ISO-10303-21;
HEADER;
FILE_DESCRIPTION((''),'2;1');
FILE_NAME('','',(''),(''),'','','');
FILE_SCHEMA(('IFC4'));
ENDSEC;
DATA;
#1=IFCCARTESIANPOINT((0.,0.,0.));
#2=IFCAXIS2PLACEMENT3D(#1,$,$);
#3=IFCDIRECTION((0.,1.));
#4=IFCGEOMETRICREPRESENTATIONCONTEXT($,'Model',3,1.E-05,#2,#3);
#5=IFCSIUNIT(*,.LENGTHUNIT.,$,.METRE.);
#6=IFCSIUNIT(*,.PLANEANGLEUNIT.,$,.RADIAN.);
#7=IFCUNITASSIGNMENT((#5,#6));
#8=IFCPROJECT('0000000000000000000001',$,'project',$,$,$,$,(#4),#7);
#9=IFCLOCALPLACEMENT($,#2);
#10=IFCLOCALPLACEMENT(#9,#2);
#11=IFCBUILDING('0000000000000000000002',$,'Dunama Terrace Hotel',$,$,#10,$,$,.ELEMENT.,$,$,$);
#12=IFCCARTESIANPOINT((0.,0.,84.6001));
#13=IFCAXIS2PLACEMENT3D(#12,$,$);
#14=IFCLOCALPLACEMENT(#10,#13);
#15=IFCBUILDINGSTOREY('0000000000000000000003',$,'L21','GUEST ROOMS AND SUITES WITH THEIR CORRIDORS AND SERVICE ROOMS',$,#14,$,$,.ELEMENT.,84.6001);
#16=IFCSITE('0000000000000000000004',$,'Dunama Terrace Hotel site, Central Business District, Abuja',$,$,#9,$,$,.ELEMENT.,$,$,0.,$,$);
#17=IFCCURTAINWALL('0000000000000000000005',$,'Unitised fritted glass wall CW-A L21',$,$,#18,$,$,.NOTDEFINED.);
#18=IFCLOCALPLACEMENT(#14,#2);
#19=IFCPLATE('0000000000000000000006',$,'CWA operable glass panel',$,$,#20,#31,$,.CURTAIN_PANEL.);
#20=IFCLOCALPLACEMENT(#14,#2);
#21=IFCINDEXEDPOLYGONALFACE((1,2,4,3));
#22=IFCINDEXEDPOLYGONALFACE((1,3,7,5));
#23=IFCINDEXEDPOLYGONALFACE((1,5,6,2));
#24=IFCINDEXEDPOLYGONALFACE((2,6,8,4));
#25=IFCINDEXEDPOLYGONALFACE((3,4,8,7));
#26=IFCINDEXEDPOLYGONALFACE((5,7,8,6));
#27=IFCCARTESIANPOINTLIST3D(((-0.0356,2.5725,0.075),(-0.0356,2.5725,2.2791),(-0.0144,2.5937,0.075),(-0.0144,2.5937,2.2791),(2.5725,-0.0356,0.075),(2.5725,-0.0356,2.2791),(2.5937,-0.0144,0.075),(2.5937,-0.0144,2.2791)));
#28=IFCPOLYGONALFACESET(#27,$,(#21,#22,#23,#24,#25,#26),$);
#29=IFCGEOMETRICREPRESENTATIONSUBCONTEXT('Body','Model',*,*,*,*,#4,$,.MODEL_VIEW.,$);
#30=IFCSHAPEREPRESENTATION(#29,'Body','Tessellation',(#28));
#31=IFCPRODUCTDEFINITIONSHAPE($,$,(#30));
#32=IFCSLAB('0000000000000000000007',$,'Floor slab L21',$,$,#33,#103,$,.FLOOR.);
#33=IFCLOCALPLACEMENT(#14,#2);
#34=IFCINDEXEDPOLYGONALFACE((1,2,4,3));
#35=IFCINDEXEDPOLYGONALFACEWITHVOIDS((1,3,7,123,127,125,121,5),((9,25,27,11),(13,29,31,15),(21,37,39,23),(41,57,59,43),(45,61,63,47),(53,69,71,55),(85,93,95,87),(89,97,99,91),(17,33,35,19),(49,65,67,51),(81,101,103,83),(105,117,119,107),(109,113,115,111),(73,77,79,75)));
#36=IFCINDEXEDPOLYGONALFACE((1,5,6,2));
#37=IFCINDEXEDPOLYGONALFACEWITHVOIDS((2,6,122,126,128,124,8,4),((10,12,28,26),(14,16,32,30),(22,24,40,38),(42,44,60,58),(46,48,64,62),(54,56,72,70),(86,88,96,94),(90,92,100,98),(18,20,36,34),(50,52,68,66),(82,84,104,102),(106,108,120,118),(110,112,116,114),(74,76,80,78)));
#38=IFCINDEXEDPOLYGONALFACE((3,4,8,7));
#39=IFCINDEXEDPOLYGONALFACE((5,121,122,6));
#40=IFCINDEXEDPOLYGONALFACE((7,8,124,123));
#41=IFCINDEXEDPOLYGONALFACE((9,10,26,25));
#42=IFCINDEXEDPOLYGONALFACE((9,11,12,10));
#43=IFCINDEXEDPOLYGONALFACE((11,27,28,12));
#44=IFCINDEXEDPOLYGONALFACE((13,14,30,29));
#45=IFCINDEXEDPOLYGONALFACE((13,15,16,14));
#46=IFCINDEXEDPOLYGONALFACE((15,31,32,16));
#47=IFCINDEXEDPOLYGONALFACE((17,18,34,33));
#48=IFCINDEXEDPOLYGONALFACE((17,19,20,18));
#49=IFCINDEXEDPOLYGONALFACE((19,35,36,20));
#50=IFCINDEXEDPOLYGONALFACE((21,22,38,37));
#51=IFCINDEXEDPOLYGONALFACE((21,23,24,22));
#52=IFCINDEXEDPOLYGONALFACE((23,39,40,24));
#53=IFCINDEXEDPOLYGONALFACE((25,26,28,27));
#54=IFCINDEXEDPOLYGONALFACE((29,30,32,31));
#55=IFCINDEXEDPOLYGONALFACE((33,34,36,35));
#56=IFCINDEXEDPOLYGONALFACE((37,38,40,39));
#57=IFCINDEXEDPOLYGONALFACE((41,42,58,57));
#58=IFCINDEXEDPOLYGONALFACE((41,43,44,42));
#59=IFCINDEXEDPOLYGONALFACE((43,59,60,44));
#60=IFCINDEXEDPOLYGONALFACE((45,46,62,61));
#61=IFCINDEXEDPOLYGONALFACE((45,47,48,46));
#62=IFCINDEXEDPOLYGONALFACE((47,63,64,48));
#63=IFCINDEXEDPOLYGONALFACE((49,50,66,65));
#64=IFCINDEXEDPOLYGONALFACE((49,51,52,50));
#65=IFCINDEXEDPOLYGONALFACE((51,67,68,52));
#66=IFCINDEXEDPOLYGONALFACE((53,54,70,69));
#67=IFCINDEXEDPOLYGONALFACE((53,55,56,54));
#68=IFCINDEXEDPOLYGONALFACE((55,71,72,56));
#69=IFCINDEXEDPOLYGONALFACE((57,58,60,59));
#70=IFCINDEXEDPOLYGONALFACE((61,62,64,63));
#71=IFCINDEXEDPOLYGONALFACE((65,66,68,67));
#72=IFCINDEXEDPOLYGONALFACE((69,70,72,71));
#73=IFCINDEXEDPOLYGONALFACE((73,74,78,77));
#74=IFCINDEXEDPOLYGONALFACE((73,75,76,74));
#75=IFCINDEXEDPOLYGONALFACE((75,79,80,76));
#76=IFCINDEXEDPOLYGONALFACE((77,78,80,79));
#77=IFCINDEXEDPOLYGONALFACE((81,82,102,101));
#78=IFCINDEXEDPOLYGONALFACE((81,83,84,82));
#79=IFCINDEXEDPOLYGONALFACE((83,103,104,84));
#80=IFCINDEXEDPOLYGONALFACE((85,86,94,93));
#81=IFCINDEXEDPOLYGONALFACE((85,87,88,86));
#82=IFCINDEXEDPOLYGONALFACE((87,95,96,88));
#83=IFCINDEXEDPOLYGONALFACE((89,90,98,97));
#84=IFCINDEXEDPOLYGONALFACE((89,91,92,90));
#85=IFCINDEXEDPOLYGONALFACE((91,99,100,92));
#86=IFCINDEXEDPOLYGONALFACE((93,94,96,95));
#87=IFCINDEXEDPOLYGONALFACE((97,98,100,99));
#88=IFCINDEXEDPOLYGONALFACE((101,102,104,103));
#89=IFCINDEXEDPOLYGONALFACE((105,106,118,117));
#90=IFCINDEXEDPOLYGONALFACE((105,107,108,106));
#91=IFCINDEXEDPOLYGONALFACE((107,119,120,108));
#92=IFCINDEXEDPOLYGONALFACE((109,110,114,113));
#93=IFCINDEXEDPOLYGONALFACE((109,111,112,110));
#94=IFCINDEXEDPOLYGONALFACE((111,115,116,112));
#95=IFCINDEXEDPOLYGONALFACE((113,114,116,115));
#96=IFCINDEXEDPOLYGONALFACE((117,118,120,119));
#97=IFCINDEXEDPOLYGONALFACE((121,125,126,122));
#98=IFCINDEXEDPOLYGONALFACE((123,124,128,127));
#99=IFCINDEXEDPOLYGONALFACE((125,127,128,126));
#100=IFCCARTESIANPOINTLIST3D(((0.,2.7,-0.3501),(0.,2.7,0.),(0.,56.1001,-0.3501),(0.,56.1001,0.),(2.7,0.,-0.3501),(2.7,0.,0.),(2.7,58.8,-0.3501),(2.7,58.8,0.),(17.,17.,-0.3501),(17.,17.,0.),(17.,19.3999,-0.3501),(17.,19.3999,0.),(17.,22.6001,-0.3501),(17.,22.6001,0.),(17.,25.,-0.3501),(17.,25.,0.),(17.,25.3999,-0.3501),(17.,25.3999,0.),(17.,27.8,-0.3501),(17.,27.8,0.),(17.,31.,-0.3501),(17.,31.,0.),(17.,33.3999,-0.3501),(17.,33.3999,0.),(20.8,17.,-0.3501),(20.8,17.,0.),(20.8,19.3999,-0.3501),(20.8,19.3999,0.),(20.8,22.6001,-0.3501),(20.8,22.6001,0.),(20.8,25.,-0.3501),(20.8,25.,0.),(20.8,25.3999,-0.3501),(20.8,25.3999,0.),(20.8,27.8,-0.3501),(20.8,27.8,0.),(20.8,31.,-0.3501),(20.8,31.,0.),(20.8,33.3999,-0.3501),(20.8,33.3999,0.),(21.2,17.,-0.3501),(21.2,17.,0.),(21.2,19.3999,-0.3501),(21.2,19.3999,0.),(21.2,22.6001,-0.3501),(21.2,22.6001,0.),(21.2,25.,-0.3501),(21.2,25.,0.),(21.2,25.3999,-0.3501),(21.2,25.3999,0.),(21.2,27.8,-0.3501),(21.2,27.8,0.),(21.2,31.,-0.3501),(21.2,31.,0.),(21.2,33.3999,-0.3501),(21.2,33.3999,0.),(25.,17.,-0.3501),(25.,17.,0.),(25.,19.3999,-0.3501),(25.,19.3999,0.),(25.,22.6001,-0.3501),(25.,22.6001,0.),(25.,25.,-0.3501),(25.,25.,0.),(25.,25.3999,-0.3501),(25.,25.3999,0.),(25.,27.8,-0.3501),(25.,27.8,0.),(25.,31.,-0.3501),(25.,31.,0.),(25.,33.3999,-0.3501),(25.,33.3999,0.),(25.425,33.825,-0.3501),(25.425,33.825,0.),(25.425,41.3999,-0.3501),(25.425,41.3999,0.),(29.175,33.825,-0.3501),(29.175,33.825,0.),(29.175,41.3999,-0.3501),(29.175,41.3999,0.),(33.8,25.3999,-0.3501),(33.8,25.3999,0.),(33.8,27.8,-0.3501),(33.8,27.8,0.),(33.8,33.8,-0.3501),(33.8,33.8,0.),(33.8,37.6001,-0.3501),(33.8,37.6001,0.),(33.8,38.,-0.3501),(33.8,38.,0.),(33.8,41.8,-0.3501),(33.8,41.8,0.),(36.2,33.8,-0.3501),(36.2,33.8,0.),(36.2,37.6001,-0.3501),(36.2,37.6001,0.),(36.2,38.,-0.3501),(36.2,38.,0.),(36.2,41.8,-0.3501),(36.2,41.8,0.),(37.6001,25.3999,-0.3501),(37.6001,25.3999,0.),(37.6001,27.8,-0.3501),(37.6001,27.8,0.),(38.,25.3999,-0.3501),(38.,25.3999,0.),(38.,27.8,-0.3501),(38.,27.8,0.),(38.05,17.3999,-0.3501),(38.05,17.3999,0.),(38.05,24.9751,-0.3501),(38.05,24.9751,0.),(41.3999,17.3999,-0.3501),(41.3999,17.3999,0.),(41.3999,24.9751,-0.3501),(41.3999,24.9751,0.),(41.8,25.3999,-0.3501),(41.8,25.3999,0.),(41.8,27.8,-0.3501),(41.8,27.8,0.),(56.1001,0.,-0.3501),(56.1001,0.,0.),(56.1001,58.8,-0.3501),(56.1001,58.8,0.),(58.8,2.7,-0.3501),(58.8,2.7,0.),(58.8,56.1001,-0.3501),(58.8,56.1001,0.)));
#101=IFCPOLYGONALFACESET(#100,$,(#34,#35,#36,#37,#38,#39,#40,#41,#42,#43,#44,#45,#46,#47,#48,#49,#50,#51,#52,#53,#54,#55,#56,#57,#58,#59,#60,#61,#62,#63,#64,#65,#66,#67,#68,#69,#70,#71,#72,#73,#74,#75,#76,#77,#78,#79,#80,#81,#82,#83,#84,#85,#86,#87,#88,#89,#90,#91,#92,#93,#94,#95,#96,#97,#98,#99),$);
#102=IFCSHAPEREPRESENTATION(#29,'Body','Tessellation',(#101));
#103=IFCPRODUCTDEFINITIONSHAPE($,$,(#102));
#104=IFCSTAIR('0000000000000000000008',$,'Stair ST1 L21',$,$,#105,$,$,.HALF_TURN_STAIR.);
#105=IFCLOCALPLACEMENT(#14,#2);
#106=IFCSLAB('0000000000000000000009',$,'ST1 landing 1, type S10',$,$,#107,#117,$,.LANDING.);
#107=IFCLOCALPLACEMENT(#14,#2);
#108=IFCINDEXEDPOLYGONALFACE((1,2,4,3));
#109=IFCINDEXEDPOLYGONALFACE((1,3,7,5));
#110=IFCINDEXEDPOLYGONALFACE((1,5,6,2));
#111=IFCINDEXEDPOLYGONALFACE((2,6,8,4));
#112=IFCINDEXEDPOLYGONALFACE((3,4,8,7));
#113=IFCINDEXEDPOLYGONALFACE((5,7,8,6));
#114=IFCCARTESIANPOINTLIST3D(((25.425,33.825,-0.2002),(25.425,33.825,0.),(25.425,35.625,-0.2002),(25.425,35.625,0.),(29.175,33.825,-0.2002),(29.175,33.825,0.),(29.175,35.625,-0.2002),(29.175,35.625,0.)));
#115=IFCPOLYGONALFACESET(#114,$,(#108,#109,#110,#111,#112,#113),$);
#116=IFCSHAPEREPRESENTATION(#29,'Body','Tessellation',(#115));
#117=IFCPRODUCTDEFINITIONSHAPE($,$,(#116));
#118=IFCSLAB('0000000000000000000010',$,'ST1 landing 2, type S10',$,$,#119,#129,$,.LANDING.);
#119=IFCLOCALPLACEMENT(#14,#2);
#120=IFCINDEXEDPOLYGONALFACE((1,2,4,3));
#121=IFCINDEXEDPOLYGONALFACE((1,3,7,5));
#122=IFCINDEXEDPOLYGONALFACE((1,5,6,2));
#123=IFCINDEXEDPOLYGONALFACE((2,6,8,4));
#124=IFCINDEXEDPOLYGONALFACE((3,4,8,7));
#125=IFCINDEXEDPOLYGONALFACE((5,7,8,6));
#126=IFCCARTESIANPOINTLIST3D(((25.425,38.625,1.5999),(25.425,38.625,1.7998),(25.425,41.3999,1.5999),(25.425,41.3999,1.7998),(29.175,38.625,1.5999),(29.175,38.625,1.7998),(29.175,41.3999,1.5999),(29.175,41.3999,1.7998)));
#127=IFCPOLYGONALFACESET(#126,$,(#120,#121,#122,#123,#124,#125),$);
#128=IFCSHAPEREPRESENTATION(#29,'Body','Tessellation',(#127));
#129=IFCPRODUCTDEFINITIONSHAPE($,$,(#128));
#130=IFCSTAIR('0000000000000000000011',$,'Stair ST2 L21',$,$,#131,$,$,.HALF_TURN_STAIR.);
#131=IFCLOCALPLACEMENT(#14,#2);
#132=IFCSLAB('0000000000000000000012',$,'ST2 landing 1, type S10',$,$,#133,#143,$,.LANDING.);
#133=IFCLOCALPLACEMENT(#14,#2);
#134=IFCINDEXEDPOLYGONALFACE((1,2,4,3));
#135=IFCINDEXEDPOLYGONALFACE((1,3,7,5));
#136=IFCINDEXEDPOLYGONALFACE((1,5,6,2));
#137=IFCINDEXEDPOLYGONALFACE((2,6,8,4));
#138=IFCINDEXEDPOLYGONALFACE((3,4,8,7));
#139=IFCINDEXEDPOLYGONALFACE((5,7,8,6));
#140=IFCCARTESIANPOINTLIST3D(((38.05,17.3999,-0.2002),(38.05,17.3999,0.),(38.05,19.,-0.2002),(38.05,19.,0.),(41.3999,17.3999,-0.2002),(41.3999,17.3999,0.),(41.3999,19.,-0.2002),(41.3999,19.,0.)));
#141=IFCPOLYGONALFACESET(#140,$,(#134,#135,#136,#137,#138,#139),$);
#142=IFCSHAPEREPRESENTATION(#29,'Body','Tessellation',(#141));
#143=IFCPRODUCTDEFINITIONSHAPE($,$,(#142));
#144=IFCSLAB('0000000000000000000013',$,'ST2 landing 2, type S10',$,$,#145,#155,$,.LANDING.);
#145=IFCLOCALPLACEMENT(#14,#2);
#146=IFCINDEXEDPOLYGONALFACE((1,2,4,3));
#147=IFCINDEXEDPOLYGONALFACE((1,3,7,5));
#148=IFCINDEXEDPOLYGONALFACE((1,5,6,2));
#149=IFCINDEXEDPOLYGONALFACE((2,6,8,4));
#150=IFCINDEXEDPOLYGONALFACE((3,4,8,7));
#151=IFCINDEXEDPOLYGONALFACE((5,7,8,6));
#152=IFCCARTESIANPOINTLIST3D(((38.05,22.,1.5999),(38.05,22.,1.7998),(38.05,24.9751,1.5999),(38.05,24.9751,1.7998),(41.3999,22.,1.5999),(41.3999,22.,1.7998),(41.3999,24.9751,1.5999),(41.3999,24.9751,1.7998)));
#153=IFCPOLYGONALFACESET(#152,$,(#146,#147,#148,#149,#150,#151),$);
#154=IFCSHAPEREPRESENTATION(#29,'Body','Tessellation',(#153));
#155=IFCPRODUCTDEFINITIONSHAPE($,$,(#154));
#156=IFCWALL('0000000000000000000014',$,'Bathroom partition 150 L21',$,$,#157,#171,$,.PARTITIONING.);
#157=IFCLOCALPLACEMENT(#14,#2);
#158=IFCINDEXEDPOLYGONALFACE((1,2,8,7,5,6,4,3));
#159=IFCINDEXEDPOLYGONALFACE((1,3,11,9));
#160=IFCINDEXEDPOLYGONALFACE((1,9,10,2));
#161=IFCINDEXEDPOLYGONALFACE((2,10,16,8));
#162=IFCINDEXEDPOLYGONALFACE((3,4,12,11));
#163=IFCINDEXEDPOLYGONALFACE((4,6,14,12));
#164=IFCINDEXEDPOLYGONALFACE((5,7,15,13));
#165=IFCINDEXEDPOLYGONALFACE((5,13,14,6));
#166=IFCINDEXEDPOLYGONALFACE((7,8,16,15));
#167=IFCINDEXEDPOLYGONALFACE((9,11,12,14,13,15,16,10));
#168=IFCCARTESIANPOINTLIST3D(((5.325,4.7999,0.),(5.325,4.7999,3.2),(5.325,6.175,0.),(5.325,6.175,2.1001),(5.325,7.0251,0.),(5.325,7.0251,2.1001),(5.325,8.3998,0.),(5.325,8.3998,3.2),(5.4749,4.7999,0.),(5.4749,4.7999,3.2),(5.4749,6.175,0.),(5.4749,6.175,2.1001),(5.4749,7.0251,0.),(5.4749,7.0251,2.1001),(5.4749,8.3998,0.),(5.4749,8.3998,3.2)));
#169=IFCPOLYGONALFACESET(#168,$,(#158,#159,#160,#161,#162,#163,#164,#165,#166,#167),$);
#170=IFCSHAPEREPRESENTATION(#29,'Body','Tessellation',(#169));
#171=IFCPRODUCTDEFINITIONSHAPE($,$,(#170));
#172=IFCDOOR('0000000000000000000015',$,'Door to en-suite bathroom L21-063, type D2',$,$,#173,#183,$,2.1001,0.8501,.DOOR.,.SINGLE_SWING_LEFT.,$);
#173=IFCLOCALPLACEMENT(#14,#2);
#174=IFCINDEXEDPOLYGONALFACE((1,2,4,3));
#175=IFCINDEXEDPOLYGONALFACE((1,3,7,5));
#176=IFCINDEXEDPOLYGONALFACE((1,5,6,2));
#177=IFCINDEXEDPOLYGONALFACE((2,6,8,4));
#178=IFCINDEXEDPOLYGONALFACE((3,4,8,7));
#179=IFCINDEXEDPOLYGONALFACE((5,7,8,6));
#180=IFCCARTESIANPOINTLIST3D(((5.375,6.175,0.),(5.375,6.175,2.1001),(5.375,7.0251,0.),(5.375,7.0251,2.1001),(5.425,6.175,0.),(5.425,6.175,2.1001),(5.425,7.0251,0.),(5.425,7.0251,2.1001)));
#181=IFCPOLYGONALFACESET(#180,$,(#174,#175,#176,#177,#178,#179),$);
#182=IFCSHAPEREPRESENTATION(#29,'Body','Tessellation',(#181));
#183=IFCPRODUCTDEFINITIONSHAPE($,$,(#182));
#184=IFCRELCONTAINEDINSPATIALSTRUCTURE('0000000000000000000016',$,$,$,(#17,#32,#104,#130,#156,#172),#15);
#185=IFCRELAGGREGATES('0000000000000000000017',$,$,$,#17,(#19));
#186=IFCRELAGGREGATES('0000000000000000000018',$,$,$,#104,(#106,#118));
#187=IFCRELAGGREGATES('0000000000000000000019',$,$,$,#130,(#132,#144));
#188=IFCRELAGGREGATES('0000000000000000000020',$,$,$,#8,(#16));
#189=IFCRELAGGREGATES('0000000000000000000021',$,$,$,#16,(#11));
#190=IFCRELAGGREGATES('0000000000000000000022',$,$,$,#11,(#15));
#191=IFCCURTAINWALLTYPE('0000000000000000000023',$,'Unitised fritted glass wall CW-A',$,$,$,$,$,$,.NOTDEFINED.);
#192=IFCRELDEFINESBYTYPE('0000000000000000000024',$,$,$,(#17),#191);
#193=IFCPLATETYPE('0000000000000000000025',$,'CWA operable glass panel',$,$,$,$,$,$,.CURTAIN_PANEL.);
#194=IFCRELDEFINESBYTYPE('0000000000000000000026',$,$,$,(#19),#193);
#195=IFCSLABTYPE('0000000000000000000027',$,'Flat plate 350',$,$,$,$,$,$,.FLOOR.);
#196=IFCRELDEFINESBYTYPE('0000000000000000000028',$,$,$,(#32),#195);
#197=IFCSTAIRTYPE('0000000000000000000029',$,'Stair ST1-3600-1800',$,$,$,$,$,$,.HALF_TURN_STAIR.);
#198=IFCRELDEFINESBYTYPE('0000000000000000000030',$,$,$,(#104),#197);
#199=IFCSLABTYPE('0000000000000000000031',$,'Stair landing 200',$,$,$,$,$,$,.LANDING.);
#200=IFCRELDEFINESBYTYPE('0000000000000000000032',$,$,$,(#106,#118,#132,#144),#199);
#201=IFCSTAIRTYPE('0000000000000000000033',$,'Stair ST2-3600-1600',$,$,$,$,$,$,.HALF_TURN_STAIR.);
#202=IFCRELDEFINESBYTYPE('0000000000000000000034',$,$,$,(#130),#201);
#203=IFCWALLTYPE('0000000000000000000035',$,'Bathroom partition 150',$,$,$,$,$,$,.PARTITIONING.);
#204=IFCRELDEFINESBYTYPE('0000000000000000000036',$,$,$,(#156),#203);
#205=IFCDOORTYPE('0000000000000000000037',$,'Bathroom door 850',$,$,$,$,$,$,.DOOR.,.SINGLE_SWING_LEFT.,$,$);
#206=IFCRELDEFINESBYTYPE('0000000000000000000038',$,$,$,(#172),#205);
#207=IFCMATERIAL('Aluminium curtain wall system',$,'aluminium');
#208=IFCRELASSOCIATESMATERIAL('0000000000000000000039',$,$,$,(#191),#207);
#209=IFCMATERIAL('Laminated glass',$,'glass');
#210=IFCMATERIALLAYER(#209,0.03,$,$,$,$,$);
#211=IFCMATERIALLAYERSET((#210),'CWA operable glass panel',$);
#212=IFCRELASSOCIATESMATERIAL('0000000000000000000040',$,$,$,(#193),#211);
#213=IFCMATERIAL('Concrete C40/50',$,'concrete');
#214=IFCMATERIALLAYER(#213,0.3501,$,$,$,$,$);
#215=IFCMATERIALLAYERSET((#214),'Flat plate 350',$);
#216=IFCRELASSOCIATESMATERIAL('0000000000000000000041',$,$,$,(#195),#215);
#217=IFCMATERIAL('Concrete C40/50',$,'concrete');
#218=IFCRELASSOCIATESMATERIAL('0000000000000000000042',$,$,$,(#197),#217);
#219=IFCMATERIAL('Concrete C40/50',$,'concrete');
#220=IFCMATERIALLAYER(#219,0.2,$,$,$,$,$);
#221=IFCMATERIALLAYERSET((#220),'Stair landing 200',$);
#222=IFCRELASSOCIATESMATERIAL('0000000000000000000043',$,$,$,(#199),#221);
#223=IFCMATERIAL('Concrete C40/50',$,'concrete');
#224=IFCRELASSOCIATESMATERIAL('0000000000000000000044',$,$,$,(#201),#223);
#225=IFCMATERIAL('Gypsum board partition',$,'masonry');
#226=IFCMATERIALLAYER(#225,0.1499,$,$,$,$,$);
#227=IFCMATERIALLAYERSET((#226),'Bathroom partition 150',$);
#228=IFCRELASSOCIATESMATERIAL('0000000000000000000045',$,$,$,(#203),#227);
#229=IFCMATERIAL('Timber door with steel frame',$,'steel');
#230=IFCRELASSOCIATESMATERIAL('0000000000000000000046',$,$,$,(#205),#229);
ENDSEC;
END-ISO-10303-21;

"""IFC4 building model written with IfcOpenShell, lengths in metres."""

from ifc_helpers import new_model, si_unit, direction, frame, frame_2d, origin, origin_2d, place, context, subcontext, project, spatial, polyline, rectangle, outline, extrude, material, layer, layer_set, type_object, element, fill, aggregate, save


model = new_model("IFC4")

# Units and contexts
model_context = context("Model", 3, precision=1e-05, world=origin(), true_north=direction((0.0, 1.0)))
body_context = subcontext(model_context, "Body", "Model", "MODEL_VIEW")
ifc_project = project(units=[si_unit("LENGTHUNIT", "METRE"), si_unit("PLANEANGLEUNIT", "RADIAN")], contexts=[model_context])

# Site, building, storey
site_placement = place(None, origin())
site = spatial("IfcSite", under=ifc_project, at=site_placement, Name="Dunama Terrace Hotel site, Central Business District, Abuja", CompositionType="ELEMENT", RefElevation=0.0)
building_placement = place(site_placement, origin())
building = spatial("IfcBuilding", under=site, at=building_placement, Name="Dunama Terrace Hotel", CompositionType="ELEMENT")
storey_placement = place(building_placement, frame((0.0, 0.0, 84.6001)))
storey = spatial("IfcBuildingStorey", under=building, at=storey_placement, Name="L21", Description="GUEST ROOMS AND SUITES WITH THEIR CORRIDORS AND SERVICE ROOMS", CompositionType="ELEMENT", Elevation=84.6001)

# Curtain wall
ifc_material_1 = material(Name="Aluminium curtain wall system", Category="aluminium")
curtain_wall_type = type_object("IfcCurtainWallType", Name="Unitised fritted glass wall CW-A", PredefinedType="NOTDEFINED", material=ifc_material_1)
curtain_wall_1_placement = place(storey_placement, origin())
curtain_wall_1 = element("IfcCurtainWall", 1, at=curtain_wall_1_placement, inside=storey, type_object=curtain_wall_type, Name="Unitised fritted glass wall CW-A L21", PredefinedType="NOTDEFINED")

# Plate
ifc_material_2 = material(Name="Laminated glass", Category="glass")
ifc_layer_1 = layer(ifc_material_2, 0.03)
ifc_layer_set_1 = layer_set([ifc_layer_1], Name="CWA operable glass panel")
plate_type_1 = type_object("IfcPlateType", Name="CWA operable glass panel", PredefinedType="CURTAIN_PANEL", material=ifc_layer_set_1)
plate_1_placement = place(storey_placement, frame((1.2791, 1.2791, 0.075), z_axis=(0.0, 0.0, 1.0), x_axis=(0.707107, -0.707107, 0.0)))
plate_1 = element("IfcPlate", 2, at=plate_1_placement, type_object=plate_type_1, Name="CWA operable glass panel", PredefinedType="CURTAIN_PANEL", context=body_context, shape_type="SweptSolid", body=[
    extrude(rectangle(XDim=3.6885, YDim=0.03, at=origin_2d()), origin(), (0.0, 0.0, 1.0), 2.2041),
])
aggregate(curtain_wall_1, [plate_1])

# Slab
ifc_material_3 = material(Name="Concrete C40/50", Category="concrete")
ifc_layer_2 = layer(ifc_material_3, 0.3501)
ifc_layer_set_2 = layer_set([ifc_layer_2], Name="Flat plate 350")
slab_type_1 = type_object("IfcSlabType", Name="Flat plate 350", PredefinedType="FLOOR", material=ifc_layer_set_2)
slab_1_placement = place(storey_placement, frame((0.0, 0.0, -0.3501)))
element("IfcSlab", 3, at=slab_1_placement, inside=storey, type_object=slab_type_1, Name="Floor slab L21", PredefinedType="FLOOR", context=body_context, shape_type="SweptSolid", body=[
    extrude(outline(polyline([(2.7, 0.0), (56.1001, 0.0), (58.8, 2.7), (58.8, 56.1001), (56.1001, 58.8), (2.7, 58.8), (0.0, 56.1001), (0.0, 2.7), (2.7, 0.0)]), holes=[polyline([(20.8, 25.3999), (20.8, 27.8), (17.0, 27.8), (17.0, 25.3999), (20.8, 25.3999)]), polyline([(25.0, 25.3999), (25.0, 27.8), (21.2, 27.8), (21.2, 25.3999), (25.0, 25.3999)]), polyline([(20.8, 31.0), (20.8, 33.3999), (17.0, 33.3999), (17.0, 31.0), (20.8, 31.0)]), polyline([(25.0, 31.0), (25.0, 33.3999), (21.2, 33.3999), (21.2, 31.0), (25.0, 31.0)]), polyline([(37.6001, 25.3999), (37.6001, 27.8), (33.8, 27.8), (33.8, 25.3999), (37.6001, 25.3999)]), polyline([(41.8, 25.3999), (41.8, 27.8), (38.0, 27.8), (38.0, 25.3999), (41.8, 25.3999)]), polyline([(20.8, 17.0), (20.8, 19.3999), (17.0, 19.3999), (17.0, 17.0), (20.8, 17.0)]), polyline([(25.0, 17.0), (25.0, 19.3999), (21.2, 19.3999), (21.2, 17.0), (25.0, 17.0)]), polyline([(20.8, 22.6001), (20.8, 25.0), (17.0, 25.0), (17.0, 22.6001), (20.8, 22.6001)]), polyline([(25.0, 22.6001), (25.0, 25.0), (21.2, 25.0), (21.2, 22.6001), (25.0, 22.6001)]), polyline([(36.2, 38.0), (36.2, 41.8), (33.8, 41.8), (33.8, 38.0), (36.2, 38.0)]), polyline([(36.2, 33.8), (36.2, 37.6001), (33.8, 37.6001), (33.8, 33.8), (36.2, 33.8)]), polyline([(29.175, 33.825), (29.175, 41.3999), (25.425, 41.3999), (25.425, 33.825), (29.175, 33.825)]), polyline([(41.3999, 17.3999), (41.3999, 24.9751), (38.05, 24.9751), (38.05, 17.3999), (41.3999, 17.3999)])]), origin(), (0.0, 0.0, 1.0), 0.3501),
])

# Stairs, slabs
ifc_material_4 = material(Name="Concrete C40/50", Category="concrete")
stair_type_1 = type_object("IfcStairType", Name="Stair ST1-3600-1800", PredefinedType="HALF_TURN_STAIR", material=ifc_material_4)
stair_1_placement = place(storey_placement, origin())
stair_1 = element("IfcStair", 4, at=stair_1_placement, inside=storey, type_object=stair_type_1, Name="Stair ST1 L21", PredefinedType="HALF_TURN_STAIR")
ifc_material_5 = material(Name="Concrete C40/50", Category="concrete")
ifc_layer_3 = layer(ifc_material_5, 0.2)
ifc_layer_set_3 = layer_set([ifc_layer_3], Name="Stair landing 200")
slab_type_2 = type_object("IfcSlabType", Name="Stair landing 200", PredefinedType="LANDING", material=ifc_layer_set_3)
slab_2_placement = place(storey_placement, frame((0.0, 0.0, -0.2002)))
slab_2 = element("IfcSlab", 5, at=slab_2_placement, type_object=slab_type_2, Name="ST1 landing 1, type S10", PredefinedType="LANDING", context=body_context, shape_type="SweptSolid", body=[
    extrude(outline(polyline([(25.425, 33.825), (29.175, 33.825), (29.175, 35.625), (25.425, 35.625), (25.425, 33.825)])), origin(), (0.0, 0.0, 1.0), 0.2002),
])
slab_3_placement = place(storey_placement, frame((0.0, 0.0, 1.5999)))
slab_3 = element("IfcSlab", 6, at=slab_3_placement, type_object=slab_type_2, Name="ST1 landing 2, type S10", PredefinedType="LANDING", context=body_context, shape_type="SweptSolid", body=[
    extrude(outline(polyline([(25.425, 38.625), (29.175, 38.625), (29.175, 41.3999), (25.425, 41.3999), (25.425, 38.625)])), origin(), (0.0, 0.0, 1.0), 0.2),
])
aggregate(stair_1, [slab_2, slab_3])
ifc_material_6 = material(Name="Concrete C40/50", Category="concrete")
stair_type_2 = type_object("IfcStairType", Name="Stair ST2-3600-1600", PredefinedType="HALF_TURN_STAIR", material=ifc_material_6)
stair_2_placement = place(storey_placement, origin())
stair_2 = element("IfcStair", 7, at=stair_2_placement, inside=storey, type_object=stair_type_2, Name="Stair ST2 L21", PredefinedType="HALF_TURN_STAIR")
slab_4_placement = place(storey_placement, frame((0.0, 0.0, -0.2002)))
slab_4 = element("IfcSlab", 8, at=slab_4_placement, type_object=slab_type_2, Name="ST2 landing 1, type S10", PredefinedType="LANDING", context=body_context, shape_type="SweptSolid", body=[
    extrude(outline(polyline([(38.05, 17.3999), (41.3999, 17.3999), (41.3999, 19.0), (38.05, 19.0), (38.05, 17.3999)])), origin(), (0.0, 0.0, 1.0), 0.2002),
])
slab_5_placement = place(storey_placement, frame((0.0, 0.0, 1.5999)))
slab_5 = element("IfcSlab", 9, at=slab_5_placement, type_object=slab_type_2, Name="ST2 landing 2, type S10", PredefinedType="LANDING", context=body_context, shape_type="SweptSolid", body=[
    extrude(outline(polyline([(38.05, 22.0), (41.3999, 22.0), (41.3999, 24.9751), (38.05, 24.9751), (38.05, 22.0)])), origin(), (0.0, 0.0, 1.0), 0.2),
])
aggregate(stair_2, [slab_4, slab_5])

# Wall, opening, door
ifc_material_7 = material(Name="Gypsum board partition", Category="masonry")
ifc_layer_4 = layer(ifc_material_7, 0.1499)
ifc_layer_set_4 = layer_set([ifc_layer_4], Name="Bathroom partition 150")
wall_type_1 = type_object("IfcWallType", Name="Bathroom partition 150", PredefinedType="PARTITIONING", material=ifc_layer_set_4)
wall_1_placement = place(storey_placement, frame((5.3999, 4.8, 0.0), z_axis=(0.0, 0.0, 1.0), x_axis=(0.0, 1.0, 0.0)))
wall_1 = element("IfcWall", 10, at=wall_1_placement, inside=storey, type_object=wall_type_1, Name="Bathroom partition 150 L21", PredefinedType="PARTITIONING", context=body_context, shape_type="SweptSolid", body=[
    extrude(rectangle(XDim=3.5999, YDim=0.1499, at=frame_2d((1.7998, 0.0))), origin(), (0.0, 0.0, 1.0), 3.2),
])
opening_1_placement = place(wall_1_placement, frame((1.375, 0.0, 0.0)))
opening_1 = element("IfcOpeningElement", 11, at=opening_1_placement, cuts=wall_1, PredefinedType="OPENING", context=body_context, shape_type="SweptSolid", body=[
    extrude(rectangle(XDim=0.8501, YDim=2.1001, at=frame_2d((0.425, 1.05))), frame((0.0, 0.085, 0.0), z_axis=(0.0, -1.0, 0.0), x_axis=(1.0, 0.0, 0.0)), (0.0, 0.0, 1.0), 0.1699),
])
ifc_material_8 = material(Name="Timber door with steel frame", Category="steel")
door_type_1 = type_object("IfcDoorType", Name="Bathroom door 850", OperationType="SINGLE_SWING_LEFT", PredefinedType="DOOR", material=ifc_material_8)
door_1_placement = place(opening_1_placement, frame((0.8501, 0.0, 0.0), z_axis=(0.0, 0.0, 1.0), x_axis=(-1.0, 0.0, 0.0)))
door_1 = element("IfcDoor", 12, at=door_1_placement, inside=storey, type_object=door_type_1, Name="Door to en-suite bathroom L21-063, type D2", OperationType="SINGLE_SWING_LEFT", OverallHeight=2.1001, OverallWidth=0.8501, PredefinedType="DOOR", context=body_context, shape_type="SweptSolid", body=[
    extrude(rectangle(XDim=0.8501, YDim=2.1001, at=frame_2d((0.425, 1.05))), frame((0.0, 0.0251, 0.0), z_axis=(0.0, -1.0, 0.0), x_axis=(1.0, 0.0, 0.0)), (0.0, 0.0, 1.0), 0.05),
])
fill(opening_1, door_1)

save(model, "model.ifc")
